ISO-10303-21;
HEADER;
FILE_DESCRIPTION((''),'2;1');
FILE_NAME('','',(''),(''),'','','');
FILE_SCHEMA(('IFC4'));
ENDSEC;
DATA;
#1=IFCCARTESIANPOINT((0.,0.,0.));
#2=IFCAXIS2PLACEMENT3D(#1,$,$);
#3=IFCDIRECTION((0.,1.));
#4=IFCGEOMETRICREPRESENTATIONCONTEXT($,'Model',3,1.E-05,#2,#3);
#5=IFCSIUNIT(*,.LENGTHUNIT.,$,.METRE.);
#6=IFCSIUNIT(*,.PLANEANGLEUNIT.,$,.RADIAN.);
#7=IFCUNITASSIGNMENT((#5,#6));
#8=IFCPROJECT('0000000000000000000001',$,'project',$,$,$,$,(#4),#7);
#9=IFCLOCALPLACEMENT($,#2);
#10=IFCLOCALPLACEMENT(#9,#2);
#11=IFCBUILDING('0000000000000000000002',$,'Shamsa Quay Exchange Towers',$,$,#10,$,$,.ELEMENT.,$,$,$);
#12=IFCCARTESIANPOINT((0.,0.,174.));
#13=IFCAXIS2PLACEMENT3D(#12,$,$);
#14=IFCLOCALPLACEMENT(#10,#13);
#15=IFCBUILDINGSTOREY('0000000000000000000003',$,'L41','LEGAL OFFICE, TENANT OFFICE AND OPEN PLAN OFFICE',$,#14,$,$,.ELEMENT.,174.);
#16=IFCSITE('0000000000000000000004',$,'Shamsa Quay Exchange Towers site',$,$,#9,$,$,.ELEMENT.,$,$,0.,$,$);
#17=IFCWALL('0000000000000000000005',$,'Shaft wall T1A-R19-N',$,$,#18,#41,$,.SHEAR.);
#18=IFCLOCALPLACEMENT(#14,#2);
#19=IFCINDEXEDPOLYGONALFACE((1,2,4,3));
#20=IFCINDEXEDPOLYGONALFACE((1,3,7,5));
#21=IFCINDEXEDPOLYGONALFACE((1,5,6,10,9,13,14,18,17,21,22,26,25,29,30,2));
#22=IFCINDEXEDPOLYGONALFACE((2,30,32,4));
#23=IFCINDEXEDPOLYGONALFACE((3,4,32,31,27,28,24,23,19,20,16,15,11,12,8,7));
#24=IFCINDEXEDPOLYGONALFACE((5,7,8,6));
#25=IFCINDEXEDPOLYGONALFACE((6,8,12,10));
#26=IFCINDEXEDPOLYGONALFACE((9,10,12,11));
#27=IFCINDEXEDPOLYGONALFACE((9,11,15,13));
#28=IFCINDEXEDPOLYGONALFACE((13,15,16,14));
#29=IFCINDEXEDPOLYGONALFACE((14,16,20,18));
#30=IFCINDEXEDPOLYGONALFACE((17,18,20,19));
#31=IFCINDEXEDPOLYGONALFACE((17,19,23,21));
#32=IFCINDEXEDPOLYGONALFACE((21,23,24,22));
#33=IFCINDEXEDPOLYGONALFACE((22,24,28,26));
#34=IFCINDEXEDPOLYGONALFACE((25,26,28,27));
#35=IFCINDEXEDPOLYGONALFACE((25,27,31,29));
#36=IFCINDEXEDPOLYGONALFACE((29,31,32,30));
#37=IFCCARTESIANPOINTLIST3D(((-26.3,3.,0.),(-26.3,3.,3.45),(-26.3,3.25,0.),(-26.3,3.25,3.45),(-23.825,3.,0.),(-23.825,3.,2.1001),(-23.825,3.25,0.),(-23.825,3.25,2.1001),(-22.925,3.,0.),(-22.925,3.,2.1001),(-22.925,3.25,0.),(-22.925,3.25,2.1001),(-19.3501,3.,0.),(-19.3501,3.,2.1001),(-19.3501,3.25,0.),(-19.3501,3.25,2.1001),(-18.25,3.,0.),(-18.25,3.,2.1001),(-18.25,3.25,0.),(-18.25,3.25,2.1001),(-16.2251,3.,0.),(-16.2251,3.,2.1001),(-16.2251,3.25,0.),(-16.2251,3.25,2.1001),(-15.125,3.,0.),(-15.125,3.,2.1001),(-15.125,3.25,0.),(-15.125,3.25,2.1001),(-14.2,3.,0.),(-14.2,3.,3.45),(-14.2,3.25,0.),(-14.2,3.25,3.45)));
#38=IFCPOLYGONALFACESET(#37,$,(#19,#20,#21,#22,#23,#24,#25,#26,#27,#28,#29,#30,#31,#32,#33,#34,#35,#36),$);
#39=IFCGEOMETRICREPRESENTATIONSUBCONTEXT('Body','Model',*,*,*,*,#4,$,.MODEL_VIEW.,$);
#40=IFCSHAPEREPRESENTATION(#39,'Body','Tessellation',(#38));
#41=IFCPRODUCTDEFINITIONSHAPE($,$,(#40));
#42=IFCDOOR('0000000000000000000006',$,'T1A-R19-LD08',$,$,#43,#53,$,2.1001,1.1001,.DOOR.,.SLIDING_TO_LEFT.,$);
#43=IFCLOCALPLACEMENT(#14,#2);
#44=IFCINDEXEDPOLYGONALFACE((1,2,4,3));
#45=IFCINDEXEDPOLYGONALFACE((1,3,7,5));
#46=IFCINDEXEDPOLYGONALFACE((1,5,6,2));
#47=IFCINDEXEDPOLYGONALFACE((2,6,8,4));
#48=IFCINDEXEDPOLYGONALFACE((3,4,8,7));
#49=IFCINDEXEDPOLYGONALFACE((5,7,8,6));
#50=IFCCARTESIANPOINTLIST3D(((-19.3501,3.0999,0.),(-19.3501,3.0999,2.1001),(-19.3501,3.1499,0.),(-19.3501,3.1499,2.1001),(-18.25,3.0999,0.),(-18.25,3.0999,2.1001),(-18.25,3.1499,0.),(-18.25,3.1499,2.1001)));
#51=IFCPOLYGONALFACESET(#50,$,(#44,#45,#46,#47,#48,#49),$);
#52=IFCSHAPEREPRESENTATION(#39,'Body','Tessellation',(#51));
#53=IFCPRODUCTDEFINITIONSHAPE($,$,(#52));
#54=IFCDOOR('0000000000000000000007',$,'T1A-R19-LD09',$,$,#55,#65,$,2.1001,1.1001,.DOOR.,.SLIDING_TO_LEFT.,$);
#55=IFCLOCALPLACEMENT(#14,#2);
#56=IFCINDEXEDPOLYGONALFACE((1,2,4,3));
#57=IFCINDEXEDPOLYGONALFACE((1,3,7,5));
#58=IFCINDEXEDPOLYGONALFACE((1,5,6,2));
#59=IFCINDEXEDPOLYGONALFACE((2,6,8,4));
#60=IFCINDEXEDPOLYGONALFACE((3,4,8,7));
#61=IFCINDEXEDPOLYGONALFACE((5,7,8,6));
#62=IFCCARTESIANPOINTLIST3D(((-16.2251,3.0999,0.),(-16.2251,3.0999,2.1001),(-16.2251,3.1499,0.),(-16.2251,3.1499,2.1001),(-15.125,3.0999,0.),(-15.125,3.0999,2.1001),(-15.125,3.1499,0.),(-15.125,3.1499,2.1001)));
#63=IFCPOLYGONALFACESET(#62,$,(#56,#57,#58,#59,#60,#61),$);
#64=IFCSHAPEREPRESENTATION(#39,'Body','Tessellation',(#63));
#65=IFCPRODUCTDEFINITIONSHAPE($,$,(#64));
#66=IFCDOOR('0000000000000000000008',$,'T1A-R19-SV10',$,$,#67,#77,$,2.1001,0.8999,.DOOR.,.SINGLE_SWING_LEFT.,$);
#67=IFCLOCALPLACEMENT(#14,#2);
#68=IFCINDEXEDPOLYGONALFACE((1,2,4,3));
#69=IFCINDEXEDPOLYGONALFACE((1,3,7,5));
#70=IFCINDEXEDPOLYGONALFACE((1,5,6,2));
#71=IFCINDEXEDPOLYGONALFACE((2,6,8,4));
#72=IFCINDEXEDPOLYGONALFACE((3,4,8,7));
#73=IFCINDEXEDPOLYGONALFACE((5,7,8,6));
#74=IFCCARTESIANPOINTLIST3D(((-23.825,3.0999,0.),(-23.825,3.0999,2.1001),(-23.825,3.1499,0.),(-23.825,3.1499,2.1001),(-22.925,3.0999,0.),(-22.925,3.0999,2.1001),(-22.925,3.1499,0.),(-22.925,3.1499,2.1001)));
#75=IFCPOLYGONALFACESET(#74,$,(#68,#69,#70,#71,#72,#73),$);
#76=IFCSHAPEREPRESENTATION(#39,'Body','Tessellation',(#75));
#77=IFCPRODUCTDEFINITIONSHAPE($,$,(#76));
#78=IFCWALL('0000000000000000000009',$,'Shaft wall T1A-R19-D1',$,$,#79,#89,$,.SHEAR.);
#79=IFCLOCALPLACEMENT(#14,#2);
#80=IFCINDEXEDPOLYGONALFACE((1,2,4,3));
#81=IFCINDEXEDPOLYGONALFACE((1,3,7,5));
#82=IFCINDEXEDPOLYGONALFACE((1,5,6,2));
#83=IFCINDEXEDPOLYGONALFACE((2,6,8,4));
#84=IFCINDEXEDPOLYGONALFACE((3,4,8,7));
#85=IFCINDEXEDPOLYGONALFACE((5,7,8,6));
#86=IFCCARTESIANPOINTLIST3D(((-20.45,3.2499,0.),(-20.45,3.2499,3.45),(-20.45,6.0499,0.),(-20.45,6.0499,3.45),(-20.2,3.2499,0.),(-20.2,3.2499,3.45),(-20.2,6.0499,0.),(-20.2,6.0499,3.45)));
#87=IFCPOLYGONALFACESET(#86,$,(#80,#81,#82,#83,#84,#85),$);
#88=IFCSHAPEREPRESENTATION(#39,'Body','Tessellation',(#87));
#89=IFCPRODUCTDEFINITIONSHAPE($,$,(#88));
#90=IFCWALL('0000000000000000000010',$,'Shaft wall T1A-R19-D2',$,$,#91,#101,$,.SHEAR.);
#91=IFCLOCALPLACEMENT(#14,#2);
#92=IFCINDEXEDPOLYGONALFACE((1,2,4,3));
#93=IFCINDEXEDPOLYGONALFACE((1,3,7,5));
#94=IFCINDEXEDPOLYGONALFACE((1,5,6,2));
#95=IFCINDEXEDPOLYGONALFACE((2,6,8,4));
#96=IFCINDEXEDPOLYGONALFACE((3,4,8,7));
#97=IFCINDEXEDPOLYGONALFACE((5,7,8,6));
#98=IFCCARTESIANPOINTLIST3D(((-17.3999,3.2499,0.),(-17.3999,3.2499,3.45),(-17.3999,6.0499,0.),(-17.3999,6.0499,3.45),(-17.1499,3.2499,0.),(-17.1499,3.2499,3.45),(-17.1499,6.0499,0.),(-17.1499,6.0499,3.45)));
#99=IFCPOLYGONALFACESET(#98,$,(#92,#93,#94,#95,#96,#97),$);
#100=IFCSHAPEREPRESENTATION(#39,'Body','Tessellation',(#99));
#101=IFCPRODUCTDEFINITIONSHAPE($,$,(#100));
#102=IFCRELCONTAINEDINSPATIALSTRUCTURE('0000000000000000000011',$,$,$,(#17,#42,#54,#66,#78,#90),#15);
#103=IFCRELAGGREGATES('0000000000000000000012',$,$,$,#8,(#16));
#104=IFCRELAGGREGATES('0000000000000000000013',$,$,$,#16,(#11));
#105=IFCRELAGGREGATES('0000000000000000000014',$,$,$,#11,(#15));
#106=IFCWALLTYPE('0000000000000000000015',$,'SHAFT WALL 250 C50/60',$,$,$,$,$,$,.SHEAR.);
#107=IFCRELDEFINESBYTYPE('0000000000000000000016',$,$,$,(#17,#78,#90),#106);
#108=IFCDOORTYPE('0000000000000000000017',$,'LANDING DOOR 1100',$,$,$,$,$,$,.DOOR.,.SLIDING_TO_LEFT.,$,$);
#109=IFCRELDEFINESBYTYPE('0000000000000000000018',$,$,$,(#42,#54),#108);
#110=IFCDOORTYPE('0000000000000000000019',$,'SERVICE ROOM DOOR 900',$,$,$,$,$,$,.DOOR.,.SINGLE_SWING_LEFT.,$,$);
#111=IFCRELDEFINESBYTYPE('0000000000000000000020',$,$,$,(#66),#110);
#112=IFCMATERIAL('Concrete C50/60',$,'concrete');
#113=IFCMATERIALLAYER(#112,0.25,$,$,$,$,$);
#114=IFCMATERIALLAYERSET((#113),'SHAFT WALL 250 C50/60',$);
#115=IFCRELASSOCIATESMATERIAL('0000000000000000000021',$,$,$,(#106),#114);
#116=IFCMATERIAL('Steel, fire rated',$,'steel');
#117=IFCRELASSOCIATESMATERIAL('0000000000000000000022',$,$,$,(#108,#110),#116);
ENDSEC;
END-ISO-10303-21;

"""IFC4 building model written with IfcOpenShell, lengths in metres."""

from ifc_helpers import new_model, si_unit, direction, frame, frame_2d, origin, place, context, subcontext, project, spatial, rectangle, extrude, material, layer, layer_set, type_object, element, fill, save


model = new_model("IFC4")

# Units and contexts
model_context = context("Model", 3, precision=1e-05, world=origin(), true_north=direction((0.0, 1.0)))
body_context = subcontext(model_context, "Body", "Model", "MODEL_VIEW")
ifc_project = project(units=[si_unit("LENGTHUNIT", "METRE"), si_unit("PLANEANGLEUNIT", "RADIAN")], contexts=[model_context])

# Site, building, storey
site_placement = place(None, origin())
site = spatial("IfcSite", under=ifc_project, at=site_placement, Name="Shamsa Quay Exchange Towers site", CompositionType="ELEMENT", RefElevation=0.0)
building_placement = place(site_placement, origin())
building = spatial("IfcBuilding", under=site, at=building_placement, Name="Shamsa Quay Exchange Towers", CompositionType="ELEMENT")
storey_placement = place(building_placement, frame((0.0, 0.0, 174.0)))
storey = spatial("IfcBuildingStorey", under=building, at=storey_placement, Name="L41", Description="LEGAL OFFICE, TENANT OFFICE AND OPEN PLAN OFFICE", CompositionType="ELEMENT", Elevation=174.0)

# Shared definitions
ifc_material_1 = material(Name="Steel, fire rated", Category="steel")

# Wall, openings, doors
ifc_material_2 = material(Name="Concrete C50/60", Category="concrete")
ifc_layer_1 = layer(ifc_material_2, 0.25)
ifc_layer_set_1 = layer_set([ifc_layer_1], Name="SHAFT WALL 250 C50/60")
wall_type_1 = type_object("IfcWallType", Name="SHAFT WALL 250 C50/60", PredefinedType="SHEAR", material=ifc_layer_set_1)
wall_1_placement = place(storey_placement, frame((-26.3, 3.125, 0.0)))
wall_1 = element("IfcWall", 1, at=wall_1_placement, inside=storey, type_object=wall_type_1, Name="Shaft wall T1A-R19-N", PredefinedType="SHEAR", context=body_context, shape_type="SweptSolid", body=[
    extrude(rectangle(XDim=12.1001, YDim=0.25, at=frame_2d((6.05, 0.0))), origin(), (0.0, 0.0, 1.0), 3.45),
])
opening_1_placement = place(wall_1_placement, frame((6.95, 0.0, 0.0)))
opening_1 = element("IfcOpeningElement", 2, at=opening_1_placement, cuts=wall_1, PredefinedType="OPENING", context=body_context, shape_type="SweptSolid", body=[
    extrude(rectangle(XDim=1.1001, YDim=2.1001, at=frame_2d((0.55, 1.05))), frame((0.0, 0.135, 0.0), z_axis=(0.0, -1.0, 0.0), x_axis=(1.0, 0.0, 0.0)), (0.0, 0.0, 1.0), 0.27),
])
opening_2_placement = place(wall_1_placement, frame((10.075, 0.0, 0.0)))
opening_2 = element("IfcOpeningElement", 3, at=opening_2_placement, cuts=wall_1, PredefinedType="OPENING", context=body_context, shape_type="SweptSolid", body=[
    extrude(rectangle(XDim=1.1001, YDim=2.1001, at=frame_2d((0.55, 1.05))), frame((0.0, 0.135, 0.0), z_axis=(0.0, -1.0, 0.0), x_axis=(1.0, 0.0, 0.0)), (0.0, 0.0, 1.0), 0.27),
])
opening_3_placement = place(wall_1_placement, frame((2.4751, 0.0, 0.0)))
opening_3 = element("IfcOpeningElement", 4, at=opening_3_placement, cuts=wall_1, PredefinedType="OPENING", context=body_context, shape_type="SweptSolid", body=[
    extrude(rectangle(XDim=0.8999, YDim=2.1001, at=frame_2d((0.45, 1.05))), frame((0.0, 0.135, 0.0), z_axis=(0.0, -1.0, 0.0), x_axis=(1.0, 0.0, 0.0)), (0.0, 0.0, 1.0), 0.27),
])
door_type_1 = type_object("IfcDoorType", Name="LANDING DOOR 1100", OperationType="SLIDING_TO_LEFT", PredefinedType="DOOR", material=ifc_material_1)
door_1_placement = place(opening_1_placement, origin())
door_1 = element("IfcDoor", 5, at=door_1_placement, inside=storey, type_object=door_type_1, Name="T1A-R19-LD08", OperationType="SLIDING_TO_LEFT", OverallHeight=2.1001, OverallWidth=1.1001, PredefinedType="DOOR", context=body_context, shape_type="SweptSolid", body=[
    extrude(rectangle(XDim=1.1001, YDim=2.1001, at=frame_2d((0.55, 1.05))), frame((0.0, 0.0249, 0.0), z_axis=(0.0, -1.0, 0.0), x_axis=(1.0, 0.0, 0.0)), (0.0, 0.0, 1.0), 0.05),
])
fill(opening_1, door_1)
door_2_placement = place(opening_2_placement, origin())
door_2 = element("IfcDoor", 6, at=door_2_placement, inside=storey, type_object=door_type_1, Name="T1A-R19-LD09", OperationType="SLIDING_TO_LEFT", OverallHeight=2.1001, OverallWidth=1.1001, PredefinedType="DOOR", context=body_context, shape_type="SweptSolid", body=[
    extrude(rectangle(XDim=1.1001, YDim=2.1001, at=frame_2d((0.55, 1.05))), frame((0.0, 0.0249, 0.0), z_axis=(0.0, -1.0, 0.0), x_axis=(1.0, 0.0, 0.0)), (0.0, 0.0, 1.0), 0.05),
])
fill(opening_2, door_2)
door_type_2 = type_object("IfcDoorType", Name="SERVICE ROOM DOOR 900", OperationType="SINGLE_SWING_LEFT", PredefinedType="DOOR", material=ifc_material_1)
door_3_placement = place(opening_3_placement, origin())
door_3 = element("IfcDoor", 7, at=door_3_placement, inside=storey, type_object=door_type_2, Name="T1A-R19-SV10", OperationType="SINGLE_SWING_LEFT", OverallHeight=2.1001, OverallWidth=0.8999, PredefinedType="DOOR", context=body_context, shape_type="SweptSolid", body=[
    extrude(rectangle(XDim=0.8999, YDim=2.1001, at=frame_2d((0.45, 1.05))), frame((0.0, 0.0249, 0.0), z_axis=(0.0, -1.0, 0.0), x_axis=(1.0, 0.0, 0.0)), (0.0, 0.0, 1.0), 0.05),
])
fill(opening_3, door_3)

# Walls
for number, where, z_axis, x_axis, name in (
    (8, (-20.325, 3.25, 0.0), (0.0, 0.0, 1.0), (0.0, 1.0, 0.0), "Shaft wall T1A-R19-D1"),
    (9, (-17.2749, 3.25, 0.0), (0.0, 0.0, 1.0), (0.0, 1.0, 0.0), "Shaft wall T1A-R19-D2"),
):
    element("IfcWall", number, at=place(storey_placement, frame(where, z_axis=z_axis, x_axis=x_axis)), inside=storey, type_object=wall_type_1, Name=name, PredefinedType="SHEAR", context=body_context, shape_type="SweptSolid", body=[
        extrude(rectangle(XDim=2.8, YDim=0.25, at=frame_2d((1.3999, 0.0))), origin(), (0.0, 0.0, 1.0), 3.45),
    ])

save(model, "model.ifc")
